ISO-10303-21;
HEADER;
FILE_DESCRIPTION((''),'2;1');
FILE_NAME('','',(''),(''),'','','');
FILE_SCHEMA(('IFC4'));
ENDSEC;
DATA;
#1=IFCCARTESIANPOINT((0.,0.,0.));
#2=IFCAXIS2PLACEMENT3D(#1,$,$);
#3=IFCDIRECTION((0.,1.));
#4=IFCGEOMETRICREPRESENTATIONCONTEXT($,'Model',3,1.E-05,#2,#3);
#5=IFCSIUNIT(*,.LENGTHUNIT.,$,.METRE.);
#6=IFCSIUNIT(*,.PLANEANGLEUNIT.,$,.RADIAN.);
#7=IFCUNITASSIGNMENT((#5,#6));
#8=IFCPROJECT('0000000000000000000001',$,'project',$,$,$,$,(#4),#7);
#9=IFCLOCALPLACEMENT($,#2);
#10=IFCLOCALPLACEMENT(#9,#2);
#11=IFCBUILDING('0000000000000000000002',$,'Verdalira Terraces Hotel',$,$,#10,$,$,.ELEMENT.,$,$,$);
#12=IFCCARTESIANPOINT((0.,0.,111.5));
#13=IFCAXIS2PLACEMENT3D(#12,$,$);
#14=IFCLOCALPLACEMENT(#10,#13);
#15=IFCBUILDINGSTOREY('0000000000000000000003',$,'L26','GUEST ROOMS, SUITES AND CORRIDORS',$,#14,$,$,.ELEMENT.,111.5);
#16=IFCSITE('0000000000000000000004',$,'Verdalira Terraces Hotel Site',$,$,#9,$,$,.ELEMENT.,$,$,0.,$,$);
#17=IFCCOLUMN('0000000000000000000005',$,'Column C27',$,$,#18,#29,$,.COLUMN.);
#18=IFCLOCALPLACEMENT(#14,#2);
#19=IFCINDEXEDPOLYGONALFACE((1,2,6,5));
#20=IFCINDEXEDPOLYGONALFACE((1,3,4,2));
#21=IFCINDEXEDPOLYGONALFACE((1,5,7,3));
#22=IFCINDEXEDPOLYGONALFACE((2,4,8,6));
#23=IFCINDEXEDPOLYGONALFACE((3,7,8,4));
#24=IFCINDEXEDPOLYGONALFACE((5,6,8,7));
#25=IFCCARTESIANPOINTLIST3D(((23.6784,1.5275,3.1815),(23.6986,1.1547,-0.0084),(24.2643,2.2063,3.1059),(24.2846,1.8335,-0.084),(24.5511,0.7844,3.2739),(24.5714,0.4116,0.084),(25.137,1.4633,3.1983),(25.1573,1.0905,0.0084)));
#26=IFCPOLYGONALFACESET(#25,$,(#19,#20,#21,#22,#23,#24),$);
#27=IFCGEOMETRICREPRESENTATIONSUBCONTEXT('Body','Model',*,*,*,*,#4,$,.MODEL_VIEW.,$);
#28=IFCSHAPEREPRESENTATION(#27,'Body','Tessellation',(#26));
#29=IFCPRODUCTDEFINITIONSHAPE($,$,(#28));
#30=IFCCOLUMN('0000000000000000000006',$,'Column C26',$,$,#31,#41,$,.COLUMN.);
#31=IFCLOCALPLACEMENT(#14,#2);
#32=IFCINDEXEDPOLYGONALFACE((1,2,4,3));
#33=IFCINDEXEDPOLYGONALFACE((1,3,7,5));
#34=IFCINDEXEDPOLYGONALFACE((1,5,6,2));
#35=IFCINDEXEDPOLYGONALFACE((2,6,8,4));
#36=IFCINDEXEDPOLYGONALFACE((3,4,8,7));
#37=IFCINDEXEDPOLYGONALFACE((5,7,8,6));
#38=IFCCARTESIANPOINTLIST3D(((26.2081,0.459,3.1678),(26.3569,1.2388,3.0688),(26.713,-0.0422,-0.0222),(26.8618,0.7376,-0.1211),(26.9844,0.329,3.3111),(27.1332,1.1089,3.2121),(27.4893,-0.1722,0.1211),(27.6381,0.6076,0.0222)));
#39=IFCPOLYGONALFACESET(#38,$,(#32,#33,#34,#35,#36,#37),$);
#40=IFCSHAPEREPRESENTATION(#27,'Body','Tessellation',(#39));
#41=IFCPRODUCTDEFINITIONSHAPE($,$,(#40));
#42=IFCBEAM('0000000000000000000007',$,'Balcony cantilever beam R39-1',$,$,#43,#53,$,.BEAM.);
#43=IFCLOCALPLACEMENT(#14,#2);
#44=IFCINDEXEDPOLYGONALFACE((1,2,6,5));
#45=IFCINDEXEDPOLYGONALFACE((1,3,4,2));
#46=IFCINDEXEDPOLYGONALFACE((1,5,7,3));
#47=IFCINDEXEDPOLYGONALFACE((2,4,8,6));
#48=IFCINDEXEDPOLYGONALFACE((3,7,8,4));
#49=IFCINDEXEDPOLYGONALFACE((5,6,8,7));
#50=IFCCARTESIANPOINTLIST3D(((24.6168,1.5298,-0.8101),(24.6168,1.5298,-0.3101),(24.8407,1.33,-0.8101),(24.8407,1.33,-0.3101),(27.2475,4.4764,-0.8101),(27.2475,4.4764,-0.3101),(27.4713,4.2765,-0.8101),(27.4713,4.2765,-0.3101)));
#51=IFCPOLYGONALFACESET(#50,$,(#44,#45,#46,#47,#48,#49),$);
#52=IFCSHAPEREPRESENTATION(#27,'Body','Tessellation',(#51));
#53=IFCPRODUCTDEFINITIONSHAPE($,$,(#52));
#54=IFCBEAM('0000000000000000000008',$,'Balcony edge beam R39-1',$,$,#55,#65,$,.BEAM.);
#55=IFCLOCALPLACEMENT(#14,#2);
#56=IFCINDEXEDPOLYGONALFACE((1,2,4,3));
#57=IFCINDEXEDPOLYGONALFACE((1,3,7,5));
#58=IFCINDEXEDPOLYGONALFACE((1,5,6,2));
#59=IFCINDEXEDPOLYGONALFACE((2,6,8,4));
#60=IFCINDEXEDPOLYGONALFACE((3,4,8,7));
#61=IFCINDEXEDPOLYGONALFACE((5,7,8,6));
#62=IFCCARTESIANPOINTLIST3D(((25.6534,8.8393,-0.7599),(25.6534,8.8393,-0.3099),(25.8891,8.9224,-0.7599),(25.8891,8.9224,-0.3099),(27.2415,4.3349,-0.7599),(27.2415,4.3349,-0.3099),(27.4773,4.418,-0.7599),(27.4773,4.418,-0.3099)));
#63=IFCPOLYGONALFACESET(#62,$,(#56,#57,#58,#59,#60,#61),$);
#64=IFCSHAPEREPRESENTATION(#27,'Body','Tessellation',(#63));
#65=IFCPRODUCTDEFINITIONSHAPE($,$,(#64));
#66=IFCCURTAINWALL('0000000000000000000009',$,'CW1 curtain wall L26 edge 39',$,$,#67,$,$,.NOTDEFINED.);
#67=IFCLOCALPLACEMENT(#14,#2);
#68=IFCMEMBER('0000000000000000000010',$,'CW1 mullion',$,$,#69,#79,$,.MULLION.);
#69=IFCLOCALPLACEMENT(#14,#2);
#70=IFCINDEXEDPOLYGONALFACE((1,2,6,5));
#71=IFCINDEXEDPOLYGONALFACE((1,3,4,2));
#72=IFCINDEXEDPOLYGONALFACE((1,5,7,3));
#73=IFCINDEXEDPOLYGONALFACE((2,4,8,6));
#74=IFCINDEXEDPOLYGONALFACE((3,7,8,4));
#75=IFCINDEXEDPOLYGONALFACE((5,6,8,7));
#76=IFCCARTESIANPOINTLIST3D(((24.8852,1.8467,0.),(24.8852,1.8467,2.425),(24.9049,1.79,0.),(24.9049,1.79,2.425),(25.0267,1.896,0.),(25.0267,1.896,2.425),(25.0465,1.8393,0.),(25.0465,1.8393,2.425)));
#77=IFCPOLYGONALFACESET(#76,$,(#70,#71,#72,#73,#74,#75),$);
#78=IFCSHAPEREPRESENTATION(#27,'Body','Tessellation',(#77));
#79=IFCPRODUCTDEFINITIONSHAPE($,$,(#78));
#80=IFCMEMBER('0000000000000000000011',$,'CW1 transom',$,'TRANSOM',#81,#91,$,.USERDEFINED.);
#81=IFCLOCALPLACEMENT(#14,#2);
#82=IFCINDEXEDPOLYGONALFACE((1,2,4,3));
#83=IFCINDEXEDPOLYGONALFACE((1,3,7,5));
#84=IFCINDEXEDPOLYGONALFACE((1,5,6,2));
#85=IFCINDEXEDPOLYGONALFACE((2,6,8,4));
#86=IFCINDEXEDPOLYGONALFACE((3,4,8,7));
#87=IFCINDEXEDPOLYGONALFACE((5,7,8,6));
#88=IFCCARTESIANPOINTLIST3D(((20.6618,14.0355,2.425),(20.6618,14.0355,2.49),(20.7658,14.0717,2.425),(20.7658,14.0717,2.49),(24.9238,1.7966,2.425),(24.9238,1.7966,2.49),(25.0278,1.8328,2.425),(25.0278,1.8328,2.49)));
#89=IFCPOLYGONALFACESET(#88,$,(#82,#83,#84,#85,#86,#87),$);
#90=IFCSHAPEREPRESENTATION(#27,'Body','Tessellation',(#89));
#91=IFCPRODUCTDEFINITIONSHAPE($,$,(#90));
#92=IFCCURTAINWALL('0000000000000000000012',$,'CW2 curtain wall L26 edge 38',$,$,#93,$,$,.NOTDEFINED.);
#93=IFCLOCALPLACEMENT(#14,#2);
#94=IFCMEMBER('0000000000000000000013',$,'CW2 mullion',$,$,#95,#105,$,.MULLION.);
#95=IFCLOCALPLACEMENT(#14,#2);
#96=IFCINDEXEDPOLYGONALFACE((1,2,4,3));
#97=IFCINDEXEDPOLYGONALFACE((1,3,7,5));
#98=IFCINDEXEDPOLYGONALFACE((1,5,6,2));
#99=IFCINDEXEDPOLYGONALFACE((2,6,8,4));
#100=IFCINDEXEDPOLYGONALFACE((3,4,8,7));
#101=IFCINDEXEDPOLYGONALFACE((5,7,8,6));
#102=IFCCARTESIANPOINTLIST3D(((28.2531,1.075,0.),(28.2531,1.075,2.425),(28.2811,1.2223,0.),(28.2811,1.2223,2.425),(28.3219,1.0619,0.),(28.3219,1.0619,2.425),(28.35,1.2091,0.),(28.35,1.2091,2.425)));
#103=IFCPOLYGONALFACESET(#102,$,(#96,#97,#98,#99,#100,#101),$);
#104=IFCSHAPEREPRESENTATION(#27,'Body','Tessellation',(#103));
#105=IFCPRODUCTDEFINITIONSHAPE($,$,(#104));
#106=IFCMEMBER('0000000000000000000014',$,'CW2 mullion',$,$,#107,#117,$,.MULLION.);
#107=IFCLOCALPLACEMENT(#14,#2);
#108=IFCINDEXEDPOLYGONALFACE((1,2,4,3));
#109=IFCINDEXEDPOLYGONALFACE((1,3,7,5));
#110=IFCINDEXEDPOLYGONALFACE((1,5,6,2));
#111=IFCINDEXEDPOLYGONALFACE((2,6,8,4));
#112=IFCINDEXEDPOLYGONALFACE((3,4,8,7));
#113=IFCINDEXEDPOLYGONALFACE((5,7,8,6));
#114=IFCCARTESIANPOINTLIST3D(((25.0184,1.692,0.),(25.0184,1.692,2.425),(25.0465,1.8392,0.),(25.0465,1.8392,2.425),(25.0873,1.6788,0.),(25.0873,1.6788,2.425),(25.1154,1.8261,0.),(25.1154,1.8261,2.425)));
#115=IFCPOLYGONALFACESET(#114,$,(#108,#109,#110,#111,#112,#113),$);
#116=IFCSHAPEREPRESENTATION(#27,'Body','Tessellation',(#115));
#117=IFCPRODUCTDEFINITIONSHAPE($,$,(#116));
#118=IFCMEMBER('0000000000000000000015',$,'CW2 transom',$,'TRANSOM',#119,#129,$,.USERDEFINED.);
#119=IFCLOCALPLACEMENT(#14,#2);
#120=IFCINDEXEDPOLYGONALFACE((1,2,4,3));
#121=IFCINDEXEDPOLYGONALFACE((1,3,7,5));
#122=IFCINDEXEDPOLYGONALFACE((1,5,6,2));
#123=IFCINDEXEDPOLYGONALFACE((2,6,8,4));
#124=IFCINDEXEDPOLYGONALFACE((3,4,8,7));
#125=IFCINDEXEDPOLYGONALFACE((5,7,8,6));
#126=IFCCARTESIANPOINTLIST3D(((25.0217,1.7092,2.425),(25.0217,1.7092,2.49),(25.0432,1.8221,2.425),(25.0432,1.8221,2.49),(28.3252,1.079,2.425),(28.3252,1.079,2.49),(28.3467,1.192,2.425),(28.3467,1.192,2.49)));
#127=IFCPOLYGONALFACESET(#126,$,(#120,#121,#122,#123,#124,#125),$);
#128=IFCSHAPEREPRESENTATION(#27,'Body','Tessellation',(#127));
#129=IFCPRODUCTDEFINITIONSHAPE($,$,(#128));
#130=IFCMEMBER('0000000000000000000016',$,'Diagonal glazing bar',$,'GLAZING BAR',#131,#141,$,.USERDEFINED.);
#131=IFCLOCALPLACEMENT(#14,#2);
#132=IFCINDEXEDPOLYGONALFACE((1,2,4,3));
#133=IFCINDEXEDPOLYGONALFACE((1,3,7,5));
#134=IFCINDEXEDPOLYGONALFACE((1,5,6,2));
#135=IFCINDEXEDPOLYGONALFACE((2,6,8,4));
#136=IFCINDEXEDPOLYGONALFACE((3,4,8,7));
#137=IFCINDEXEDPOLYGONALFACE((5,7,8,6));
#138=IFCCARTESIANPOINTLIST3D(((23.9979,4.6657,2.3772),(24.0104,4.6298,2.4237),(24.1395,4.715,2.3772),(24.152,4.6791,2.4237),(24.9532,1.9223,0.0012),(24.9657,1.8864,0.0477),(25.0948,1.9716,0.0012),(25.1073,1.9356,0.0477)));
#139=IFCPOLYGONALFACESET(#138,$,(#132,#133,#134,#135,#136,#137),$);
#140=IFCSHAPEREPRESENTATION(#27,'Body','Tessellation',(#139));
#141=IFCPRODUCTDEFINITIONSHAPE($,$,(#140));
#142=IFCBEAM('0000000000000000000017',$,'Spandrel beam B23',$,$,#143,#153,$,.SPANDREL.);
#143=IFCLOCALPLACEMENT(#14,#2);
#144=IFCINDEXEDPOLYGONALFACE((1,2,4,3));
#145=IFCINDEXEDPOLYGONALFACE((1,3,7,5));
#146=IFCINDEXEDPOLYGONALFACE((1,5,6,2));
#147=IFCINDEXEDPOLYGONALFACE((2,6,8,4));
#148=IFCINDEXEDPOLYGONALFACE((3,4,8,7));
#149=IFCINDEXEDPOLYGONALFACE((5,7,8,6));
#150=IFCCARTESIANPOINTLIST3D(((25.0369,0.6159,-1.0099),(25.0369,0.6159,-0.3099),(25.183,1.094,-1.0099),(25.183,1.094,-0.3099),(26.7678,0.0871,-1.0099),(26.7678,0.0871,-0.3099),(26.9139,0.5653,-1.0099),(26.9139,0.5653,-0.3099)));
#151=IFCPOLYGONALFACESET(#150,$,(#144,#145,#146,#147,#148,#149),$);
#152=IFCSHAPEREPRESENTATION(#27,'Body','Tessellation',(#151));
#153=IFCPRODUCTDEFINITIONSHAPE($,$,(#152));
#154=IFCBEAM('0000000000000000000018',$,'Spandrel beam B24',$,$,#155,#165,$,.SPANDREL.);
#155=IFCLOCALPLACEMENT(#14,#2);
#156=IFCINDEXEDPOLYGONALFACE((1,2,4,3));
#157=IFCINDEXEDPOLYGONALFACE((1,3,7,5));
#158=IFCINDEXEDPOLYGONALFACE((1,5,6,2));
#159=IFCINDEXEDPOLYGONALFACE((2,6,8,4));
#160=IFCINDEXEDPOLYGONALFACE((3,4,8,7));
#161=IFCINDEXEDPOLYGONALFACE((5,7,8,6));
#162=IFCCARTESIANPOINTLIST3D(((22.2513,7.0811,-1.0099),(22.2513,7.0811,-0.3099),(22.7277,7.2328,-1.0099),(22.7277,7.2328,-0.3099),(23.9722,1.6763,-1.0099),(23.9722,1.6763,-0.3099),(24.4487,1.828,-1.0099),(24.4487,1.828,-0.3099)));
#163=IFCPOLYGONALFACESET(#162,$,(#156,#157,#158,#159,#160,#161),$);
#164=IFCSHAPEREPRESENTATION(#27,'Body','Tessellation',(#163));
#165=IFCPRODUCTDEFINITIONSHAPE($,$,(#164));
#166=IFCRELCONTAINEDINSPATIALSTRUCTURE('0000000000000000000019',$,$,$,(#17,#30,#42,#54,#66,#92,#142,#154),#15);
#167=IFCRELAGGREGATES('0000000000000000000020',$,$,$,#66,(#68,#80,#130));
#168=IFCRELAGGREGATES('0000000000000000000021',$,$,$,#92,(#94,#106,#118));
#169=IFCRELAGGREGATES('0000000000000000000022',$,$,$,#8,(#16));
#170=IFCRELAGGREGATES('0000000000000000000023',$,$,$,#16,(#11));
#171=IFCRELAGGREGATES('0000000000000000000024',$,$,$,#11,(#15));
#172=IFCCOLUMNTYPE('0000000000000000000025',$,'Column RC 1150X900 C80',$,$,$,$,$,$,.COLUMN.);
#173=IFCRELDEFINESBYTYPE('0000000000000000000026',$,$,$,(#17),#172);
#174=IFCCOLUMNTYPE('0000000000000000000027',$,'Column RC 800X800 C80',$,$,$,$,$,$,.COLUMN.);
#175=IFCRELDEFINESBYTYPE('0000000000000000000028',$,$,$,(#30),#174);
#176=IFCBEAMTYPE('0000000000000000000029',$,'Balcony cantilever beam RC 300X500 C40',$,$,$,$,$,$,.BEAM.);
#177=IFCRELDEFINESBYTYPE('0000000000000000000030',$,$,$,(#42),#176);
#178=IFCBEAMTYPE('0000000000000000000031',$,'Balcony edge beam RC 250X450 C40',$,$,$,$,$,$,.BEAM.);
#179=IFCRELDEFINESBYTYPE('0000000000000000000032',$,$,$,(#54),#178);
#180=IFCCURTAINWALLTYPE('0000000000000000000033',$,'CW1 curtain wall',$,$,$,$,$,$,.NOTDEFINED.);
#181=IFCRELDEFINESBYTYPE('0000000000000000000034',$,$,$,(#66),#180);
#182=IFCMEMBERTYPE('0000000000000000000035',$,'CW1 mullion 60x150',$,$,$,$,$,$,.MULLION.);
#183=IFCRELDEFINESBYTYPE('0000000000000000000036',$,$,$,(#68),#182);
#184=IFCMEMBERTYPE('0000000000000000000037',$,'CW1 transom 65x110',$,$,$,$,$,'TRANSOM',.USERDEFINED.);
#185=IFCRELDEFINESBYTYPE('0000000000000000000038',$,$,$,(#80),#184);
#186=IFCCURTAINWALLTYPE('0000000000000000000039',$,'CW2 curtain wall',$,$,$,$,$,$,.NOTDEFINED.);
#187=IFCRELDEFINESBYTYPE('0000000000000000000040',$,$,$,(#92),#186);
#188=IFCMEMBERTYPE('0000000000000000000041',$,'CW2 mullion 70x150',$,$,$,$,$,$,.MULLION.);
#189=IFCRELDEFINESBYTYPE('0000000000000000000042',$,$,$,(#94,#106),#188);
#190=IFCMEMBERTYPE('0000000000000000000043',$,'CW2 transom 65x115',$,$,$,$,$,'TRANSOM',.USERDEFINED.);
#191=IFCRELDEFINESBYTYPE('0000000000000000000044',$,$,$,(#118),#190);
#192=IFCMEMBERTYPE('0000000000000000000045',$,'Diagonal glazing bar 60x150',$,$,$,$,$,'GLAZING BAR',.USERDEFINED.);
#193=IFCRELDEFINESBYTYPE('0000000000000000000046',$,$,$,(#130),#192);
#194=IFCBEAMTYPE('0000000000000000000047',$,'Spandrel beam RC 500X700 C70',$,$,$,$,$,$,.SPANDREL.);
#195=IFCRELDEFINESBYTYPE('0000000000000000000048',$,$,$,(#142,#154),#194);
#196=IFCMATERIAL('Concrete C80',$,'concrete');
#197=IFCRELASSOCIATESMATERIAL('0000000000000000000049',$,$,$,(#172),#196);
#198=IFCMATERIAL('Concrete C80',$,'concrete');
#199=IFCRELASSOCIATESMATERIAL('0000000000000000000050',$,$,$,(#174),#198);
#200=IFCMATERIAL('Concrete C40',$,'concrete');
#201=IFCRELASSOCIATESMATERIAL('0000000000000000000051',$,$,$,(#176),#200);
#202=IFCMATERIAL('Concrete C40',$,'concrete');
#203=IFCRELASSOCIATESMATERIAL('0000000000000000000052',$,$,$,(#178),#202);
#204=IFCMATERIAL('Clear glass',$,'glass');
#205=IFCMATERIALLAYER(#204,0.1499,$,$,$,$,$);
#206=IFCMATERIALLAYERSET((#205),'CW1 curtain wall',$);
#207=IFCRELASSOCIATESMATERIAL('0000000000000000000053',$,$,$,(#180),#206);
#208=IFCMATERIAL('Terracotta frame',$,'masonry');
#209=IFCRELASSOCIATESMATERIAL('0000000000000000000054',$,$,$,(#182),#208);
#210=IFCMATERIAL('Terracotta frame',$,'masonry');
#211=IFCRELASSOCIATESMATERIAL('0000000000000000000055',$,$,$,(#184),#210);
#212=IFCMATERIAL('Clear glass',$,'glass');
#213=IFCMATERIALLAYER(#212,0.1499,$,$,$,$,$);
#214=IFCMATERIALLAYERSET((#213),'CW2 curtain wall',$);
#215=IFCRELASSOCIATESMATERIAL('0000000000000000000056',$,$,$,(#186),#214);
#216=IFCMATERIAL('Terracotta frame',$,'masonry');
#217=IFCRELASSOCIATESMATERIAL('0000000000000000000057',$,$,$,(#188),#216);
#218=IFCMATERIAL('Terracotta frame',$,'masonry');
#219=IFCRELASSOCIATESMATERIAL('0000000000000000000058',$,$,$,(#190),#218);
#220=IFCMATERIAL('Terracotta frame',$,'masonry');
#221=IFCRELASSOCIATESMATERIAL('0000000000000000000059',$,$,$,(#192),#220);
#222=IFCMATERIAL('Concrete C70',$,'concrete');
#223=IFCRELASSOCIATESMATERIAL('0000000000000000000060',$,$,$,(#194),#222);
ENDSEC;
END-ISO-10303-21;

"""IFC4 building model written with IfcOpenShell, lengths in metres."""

from ifc_helpers import new_model, si_unit, direction, frame, origin, origin_2d, place, context, subcontext, project, spatial, rectangle, extrude, material, layer, layer_set, material_profile, profile_set, type_object, element, aggregate, save


model = new_model("IFC4")

# Units and contexts
model_context = context("Model", 3, precision=1e-05, world=origin(), true_north=direction((0.0, 1.0)))
body_context = subcontext(model_context, "Body", "Model", "MODEL_VIEW")
ifc_project = project(units=[si_unit("LENGTHUNIT", "METRE"), si_unit("PLANEANGLEUNIT", "RADIAN")], contexts=[model_context])

# Site, building, storey
site_placement = place(None, origin())
site = spatial("IfcSite", under=ifc_project, at=site_placement, Name="Verdalira Terraces Hotel Site", CompositionType="ELEMENT", RefElevation=0.0)
building_placement = place(site_placement, origin())
building = spatial("IfcBuilding", under=site, at=building_placement, Name="Verdalira Terraces Hotel", CompositionType="ELEMENT")
storey_placement = place(building_placement, frame((0.0, 0.0, 111.5)))
storey = spatial("IfcBuildingStorey", under=building, at=storey_placement, Name="L26", Description="GUEST ROOMS, SUITES AND CORRIDORS", CompositionType="ELEMENT", Elevation=111.5)

# Columns
ifc_material_1 = material(Name="Concrete C80", Category="concrete")
ifc_material_profile_1 = material_profile(ifc_material_1, rectangle(XDim=1.1499, YDim=0.8999, at=origin_2d()), Name="RC 1150X900")
ifc_profile_set_1 = profile_set([ifc_material_profile_1], Name="Concrete C80")
column_type_1 = type_object("IfcColumnType", Name="Column RC 1150X900 C80", PredefinedType="COLUMN", material=ifc_profile_set_1)
column_1_placement = place(storey_placement, frame((24.428, 1.1226, 0.0), z_axis=(-0.006309, 0.116076, 0.99322), x_axis=(0.75896, -0.646163, 0.080337)))
element("IfcColumn", 1, at=column_1_placement, inside=storey, type_object=column_type_1, Name="Column C27", PredefinedType="COLUMN", context=body_context, shape_type="SweptSolid", body=[
    extrude(rectangle(XDim=1.1499, YDim=0.8999, at=origin_2d()), origin(), (0.0, 0.0, 1.0), 3.2117),
])
ifc_material_2 = material(Name="Concrete C80", Category="concrete")
ifc_material_profile_2 = material_profile(ifc_material_2, rectangle(XDim=0.8, YDim=0.8, at=origin_2d()), Name="RC 800X800")
ifc_profile_set_2 = profile_set([ifc_material_profile_2], Name="Concrete C80")
column_type_2 = type_object("IfcColumnType", Name="Column RC 800X800 C80", PredefinedType="COLUMN", material=ifc_profile_set_2)
column_2_placement = place(storey_placement, frame((27.1755, 0.2827, 0.0), z_axis=(-0.154478, 0.153358, 0.976021), x_axis=(-0.970321, 0.162476, -0.179105)))
element("IfcColumn", 2, at=column_2_placement, inside=storey, type_object=column_type_2, Name="Column C26", PredefinedType="COLUMN", context=body_context, shape_type="SweptSolid", body=[
    extrude(rectangle(XDim=0.8, YDim=0.8, at=origin_2d()), origin(), (0.0, 0.0, 1.0), 3.2683),
])

# Beams
ifc_material_3 = material(Name="Concrete C40", Category="concrete")
ifc_material_profile_3 = material_profile(ifc_material_3, rectangle(XDim=0.3, YDim=0.5, at=origin_2d()), Name="RC 300X500")
ifc_profile_set_3 = profile_set([ifc_material_profile_3], Name="Concrete C40")
beam_type_1 = type_object("IfcBeamType", Name="Balcony cantilever beam RC 300X500 C40", PredefinedType="BEAM", material=ifc_profile_set_3)
beam_1_placement = place(storey_placement, frame((24.7288, 1.4299, -0.5601), z_axis=(0.665985, 0.745965, 0.0), x_axis=(-0.745965, 0.665985, 0.0)))
element("IfcBeam", 3, at=beam_1_placement, inside=storey, type_object=beam_type_1, Name="Balcony cantilever beam R39-1", PredefinedType="BEAM", context=body_context, shape_type="SweptSolid", body=[
    extrude(rectangle(XDim=0.3, YDim=0.5, at=origin_2d()), origin(), (0.0, 0.0, 1.0), 3.95),
])
ifc_material_4 = material(Name="Concrete C40", Category="concrete")
ifc_material_profile_4 = material_profile(ifc_material_4, rectangle(XDim=0.25, YDim=0.45, at=origin_2d()), Name="RC 250X450")
ifc_profile_set_4 = profile_set([ifc_material_profile_4], Name="Concrete C40")
beam_type_2 = type_object("IfcBeamType", Name="Balcony edge beam RC 250X450 C40", PredefinedType="BEAM", material=ifc_profile_set_4)
beam_2_placement = place(storey_placement, frame((27.3594, 4.3765, -0.5349), z_axis=(-0.332513, 0.943099, 0.0), x_axis=(-0.943099, -0.332513, 0.0)))
element("IfcBeam", 4, at=beam_2_placement, inside=storey, type_object=beam_type_2, Name="Balcony edge beam R39-1", PredefinedType="BEAM", context=body_context, shape_type="SweptSolid", body=[
    extrude(rectangle(XDim=0.25, YDim=0.45, at=origin_2d()), origin(), (0.0, 0.0, 1.0), 4.7761),
])

# Curtain walls, members
ifc_material_5 = material(Name="Clear glass", Category="glass")
ifc_layer_1 = layer(ifc_material_5, 0.1499)
ifc_layer_set_1 = layer_set([ifc_layer_1], Name="CW1 curtain wall")
curtain_wall_type_1 = type_object("IfcCurtainWallType", Name="CW1 curtain wall", PredefinedType="NOTDEFINED", material=ifc_layer_set_1)
curtain_wall_1_placement = place(storey_placement, origin())
curtain_wall_1 = element("IfcCurtainWall", 5, at=curtain_wall_1_placement, inside=storey, type_object=curtain_wall_type_1, Name="CW1 curtain wall L26 edge 39", PredefinedType="NOTDEFINED")
ifc_material_6 = material(Name="Terracotta frame", Category="masonry")
ifc_material_profile_5 = material_profile(ifc_material_6, rectangle(XDim=0.0601, YDim=0.1499, at=origin_2d()), Name="MU 60x150")
ifc_profile_set_5 = profile_set([ifc_material_profile_5], Name="Terracotta frame")
member_type_1 = type_object("IfcMemberType", Name="CW1 mullion 60x150", PredefinedType="MULLION", material=ifc_profile_set_5)
member_1_placement = place(storey_placement, frame((24.9658, 1.843, 0.0), z_axis=(0.0, 0.0, 1.0), x_axis=(-0.328867, 0.944376, 0.0)))
member_1 = element("IfcMember", 6, at=member_1_placement, type_object=member_type_1, Name="CW1 mullion", PredefinedType="MULLION", context=body_context, shape_type="SweptSolid", body=[
    extrude(rectangle(XDim=0.0601, YDim=0.1499, at=origin_2d()), origin(), (0.0, 0.0, 1.0), 2.425),
])
ifc_material_7 = material(Name="Terracotta frame", Category="masonry")
ifc_material_profile_6 = material_profile(ifc_material_7, rectangle(XDim=0.1101, YDim=0.0649, at=origin_2d()), Name="TR 65x110")
ifc_profile_set_6 = profile_set([ifc_material_profile_6], Name="Terracotta frame")
member_type_2 = type_object("IfcMemberType", Name="CW1 transom 65x110", ElementType="TRANSOM", PredefinedType="USERDEFINED", material=ifc_profile_set_6)
member_2_placement = place(storey_placement, frame((24.9758, 1.8147, 2.4575), z_axis=(-0.328865, 0.944377, 0.0), x_axis=(-0.944377, -0.328865, 0.0)))
member_2 = element("IfcMember", 7, at=member_2_placement, type_object=member_type_2, Name="CW1 transom", ObjectType="TRANSOM", PredefinedType="USERDEFINED", context=body_context, shape_type="SweptSolid", body=[
    extrude(rectangle(XDim=0.1101, YDim=0.0649, at=origin_2d()), origin(), (0.0, 0.0, 1.0), 12.9597),
])
ifc_material_8 = material(Name="Clear glass", Category="glass")
ifc_layer_2 = layer(ifc_material_8, 0.1499)
ifc_layer_set_2 = layer_set([ifc_layer_2], Name="CW2 curtain wall")
curtain_wall_type_2 = type_object("IfcCurtainWallType", Name="CW2 curtain wall", PredefinedType="NOTDEFINED", material=ifc_layer_set_2)
curtain_wall_2_placement = place(storey_placement, origin())
curtain_wall_2 = element("IfcCurtainWall", 8, at=curtain_wall_2_placement, inside=storey, type_object=curtain_wall_type_2, Name="CW2 curtain wall L26 edge 38", PredefinedType="NOTDEFINED")
ifc_material_9 = material(Name="Terracotta frame", Category="masonry")
ifc_material_profile_7 = material_profile(ifc_material_9, rectangle(XDim=0.0701, YDim=0.1499, at=origin_2d()), Name="MU 70x150")
ifc_profile_set_7 = profile_set([ifc_material_profile_7], Name="Terracotta frame")
member_type_3 = type_object("IfcMemberType", Name="CW2 mullion 70x150", PredefinedType="MULLION", material=ifc_profile_set_7)
member_3_placement = place(storey_placement, frame((28.3015, 1.1421, 0.0), z_axis=(0.0, 0.0, 1.0), x_axis=(-0.982287, 0.187381, 0.0)))
member_3 = element("IfcMember", 9, at=member_3_placement, type_object=member_type_3, Name="CW2 mullion", PredefinedType="MULLION", context=body_context, shape_type="SweptSolid", body=[
    extrude(rectangle(XDim=0.0701, YDim=0.1499, at=origin_2d()), origin(), (0.0, 0.0, 1.0), 2.425),
])
member_4_placement = place(storey_placement, frame((25.0669, 1.759, 0.0), z_axis=(0.0, 0.0, 1.0), x_axis=(-0.982287, 0.187381, 0.0)))
member_4 = element("IfcMember", 10, at=member_4_placement, type_object=member_type_3, Name="CW2 mullion", PredefinedType="MULLION", context=body_context, shape_type="SweptSolid", body=[
    extrude(rectangle(XDim=0.0701, YDim=0.1499, at=origin_2d()), origin(), (0.0, 0.0, 1.0), 2.425),
])
ifc_material_10 = material(Name="Terracotta frame", Category="masonry")
ifc_material_profile_8 = material_profile(ifc_material_10, rectangle(XDim=0.115, YDim=0.0649, at=origin_2d()), Name="TR 65x115")
ifc_profile_set_8 = profile_set([ifc_material_profile_8], Name="Terracotta frame")
member_type_4 = type_object("IfcMemberType", Name="CW2 transom 65x115", ElementType="TRANSOM", PredefinedType="USERDEFINED", material=ifc_profile_set_8)
member_5_placement = place(storey_placement, frame((28.3359, 1.1355, 2.4575), z_axis=(-0.98229, 0.187369, 0.0), x_axis=(-0.187369, -0.98229, 0.0)))
member_5 = element("IfcMember", 11, at=member_5_placement, type_object=member_type_4, Name="CW2 transom", ObjectType="TRANSOM", PredefinedType="USERDEFINED", context=body_context, shape_type="SweptSolid", body=[
    extrude(rectangle(XDim=0.115, YDim=0.0649, at=origin_2d()), origin(), (0.0, 0.0, 1.0), 3.363),
])

# Member
ifc_material_11 = material(Name="Terracotta frame", Category="masonry")
ifc_material_profile_9 = material_profile(ifc_material_11, rectangle(XDim=0.1499, YDim=0.0601, at=origin_2d()), Name="GB 60x150")
ifc_profile_set_9 = profile_set([ifc_material_profile_9], Name="Terracotta frame")
member_type_5 = type_object("IfcMemberType", Name="Diagonal glazing bar 60x150", ElementType="GLAZING BAR", PredefinedType="USERDEFINED", material=ifc_profile_set_9)
member_6_placement = place(storey_placement, frame((25.0303, 1.929, 0.0244), z_axis=(-0.254556, 0.731012, 0.633106), x_axis=(-0.94438, -0.328856, 0.0)))
member_6 = element("IfcMember", 12, at=member_6_placement, type_object=member_type_5, Name="Diagonal glazing bar", ObjectType="GLAZING BAR", PredefinedType="USERDEFINED", context=body_context, shape_type="SweptSolid", body=[
    extrude(rectangle(XDim=0.1499, YDim=0.0601, at=origin_2d()), origin(), (0.0, 0.0, 1.0), 3.7529),
])

# Beams
ifc_material_12 = material(Name="Concrete C70", Category="concrete")
ifc_material_profile_10 = material_profile(ifc_material_12, rectangle(XDim=0.5, YDim=0.7, at=origin_2d()), Name="RC 500X700")
ifc_profile_set_10 = profile_set([ifc_material_profile_10], Name="Concrete C70")
beam_type_3 = type_object("IfcBeamType", Name="Spandrel beam RC 500X700 C70", PredefinedType="SPANDREL", material=ifc_profile_set_10)
beam_3_placement = place(storey_placement, frame((26.8408, 0.3262, -0.6599), z_axis=(-0.956366, 0.292171, 0.0), x_axis=(-0.292171, -0.956366, 0.0)))
element("IfcBeam", 13, at=beam_3_placement, inside=storey, type_object=beam_type_3, Name="Spandrel beam B23", PredefinedType="SPANDREL", context=body_context, shape_type="SweptSolid", body=[
    extrude(rectangle(XDim=0.5, YDim=0.7, at=origin_2d()), origin(), (0.0, 0.0, 1.0), 1.8098),
])
beam_4_placement = place(storey_placement, frame((24.2104, 1.7522, -0.6599), z_axis=(-0.303403, 0.952862, 0.0), x_axis=(-0.952862, -0.303403, 0.0)))
element("IfcBeam", 14, at=beam_4_placement, inside=storey, type_object=beam_type_3, Name="Spandrel beam B24", PredefinedType="SPANDREL", context=body_context, shape_type="SweptSolid", body=[
    extrude(rectangle(XDim=0.5, YDim=0.7, at=origin_2d()), origin(), (0.0, 0.0, 1.0), 5.6721),
])

aggregate(curtain_wall_1, [member_1, member_2, member_6])
aggregate(curtain_wall_2, [member_3, member_4, member_5])

save(model, "model.ifc")
